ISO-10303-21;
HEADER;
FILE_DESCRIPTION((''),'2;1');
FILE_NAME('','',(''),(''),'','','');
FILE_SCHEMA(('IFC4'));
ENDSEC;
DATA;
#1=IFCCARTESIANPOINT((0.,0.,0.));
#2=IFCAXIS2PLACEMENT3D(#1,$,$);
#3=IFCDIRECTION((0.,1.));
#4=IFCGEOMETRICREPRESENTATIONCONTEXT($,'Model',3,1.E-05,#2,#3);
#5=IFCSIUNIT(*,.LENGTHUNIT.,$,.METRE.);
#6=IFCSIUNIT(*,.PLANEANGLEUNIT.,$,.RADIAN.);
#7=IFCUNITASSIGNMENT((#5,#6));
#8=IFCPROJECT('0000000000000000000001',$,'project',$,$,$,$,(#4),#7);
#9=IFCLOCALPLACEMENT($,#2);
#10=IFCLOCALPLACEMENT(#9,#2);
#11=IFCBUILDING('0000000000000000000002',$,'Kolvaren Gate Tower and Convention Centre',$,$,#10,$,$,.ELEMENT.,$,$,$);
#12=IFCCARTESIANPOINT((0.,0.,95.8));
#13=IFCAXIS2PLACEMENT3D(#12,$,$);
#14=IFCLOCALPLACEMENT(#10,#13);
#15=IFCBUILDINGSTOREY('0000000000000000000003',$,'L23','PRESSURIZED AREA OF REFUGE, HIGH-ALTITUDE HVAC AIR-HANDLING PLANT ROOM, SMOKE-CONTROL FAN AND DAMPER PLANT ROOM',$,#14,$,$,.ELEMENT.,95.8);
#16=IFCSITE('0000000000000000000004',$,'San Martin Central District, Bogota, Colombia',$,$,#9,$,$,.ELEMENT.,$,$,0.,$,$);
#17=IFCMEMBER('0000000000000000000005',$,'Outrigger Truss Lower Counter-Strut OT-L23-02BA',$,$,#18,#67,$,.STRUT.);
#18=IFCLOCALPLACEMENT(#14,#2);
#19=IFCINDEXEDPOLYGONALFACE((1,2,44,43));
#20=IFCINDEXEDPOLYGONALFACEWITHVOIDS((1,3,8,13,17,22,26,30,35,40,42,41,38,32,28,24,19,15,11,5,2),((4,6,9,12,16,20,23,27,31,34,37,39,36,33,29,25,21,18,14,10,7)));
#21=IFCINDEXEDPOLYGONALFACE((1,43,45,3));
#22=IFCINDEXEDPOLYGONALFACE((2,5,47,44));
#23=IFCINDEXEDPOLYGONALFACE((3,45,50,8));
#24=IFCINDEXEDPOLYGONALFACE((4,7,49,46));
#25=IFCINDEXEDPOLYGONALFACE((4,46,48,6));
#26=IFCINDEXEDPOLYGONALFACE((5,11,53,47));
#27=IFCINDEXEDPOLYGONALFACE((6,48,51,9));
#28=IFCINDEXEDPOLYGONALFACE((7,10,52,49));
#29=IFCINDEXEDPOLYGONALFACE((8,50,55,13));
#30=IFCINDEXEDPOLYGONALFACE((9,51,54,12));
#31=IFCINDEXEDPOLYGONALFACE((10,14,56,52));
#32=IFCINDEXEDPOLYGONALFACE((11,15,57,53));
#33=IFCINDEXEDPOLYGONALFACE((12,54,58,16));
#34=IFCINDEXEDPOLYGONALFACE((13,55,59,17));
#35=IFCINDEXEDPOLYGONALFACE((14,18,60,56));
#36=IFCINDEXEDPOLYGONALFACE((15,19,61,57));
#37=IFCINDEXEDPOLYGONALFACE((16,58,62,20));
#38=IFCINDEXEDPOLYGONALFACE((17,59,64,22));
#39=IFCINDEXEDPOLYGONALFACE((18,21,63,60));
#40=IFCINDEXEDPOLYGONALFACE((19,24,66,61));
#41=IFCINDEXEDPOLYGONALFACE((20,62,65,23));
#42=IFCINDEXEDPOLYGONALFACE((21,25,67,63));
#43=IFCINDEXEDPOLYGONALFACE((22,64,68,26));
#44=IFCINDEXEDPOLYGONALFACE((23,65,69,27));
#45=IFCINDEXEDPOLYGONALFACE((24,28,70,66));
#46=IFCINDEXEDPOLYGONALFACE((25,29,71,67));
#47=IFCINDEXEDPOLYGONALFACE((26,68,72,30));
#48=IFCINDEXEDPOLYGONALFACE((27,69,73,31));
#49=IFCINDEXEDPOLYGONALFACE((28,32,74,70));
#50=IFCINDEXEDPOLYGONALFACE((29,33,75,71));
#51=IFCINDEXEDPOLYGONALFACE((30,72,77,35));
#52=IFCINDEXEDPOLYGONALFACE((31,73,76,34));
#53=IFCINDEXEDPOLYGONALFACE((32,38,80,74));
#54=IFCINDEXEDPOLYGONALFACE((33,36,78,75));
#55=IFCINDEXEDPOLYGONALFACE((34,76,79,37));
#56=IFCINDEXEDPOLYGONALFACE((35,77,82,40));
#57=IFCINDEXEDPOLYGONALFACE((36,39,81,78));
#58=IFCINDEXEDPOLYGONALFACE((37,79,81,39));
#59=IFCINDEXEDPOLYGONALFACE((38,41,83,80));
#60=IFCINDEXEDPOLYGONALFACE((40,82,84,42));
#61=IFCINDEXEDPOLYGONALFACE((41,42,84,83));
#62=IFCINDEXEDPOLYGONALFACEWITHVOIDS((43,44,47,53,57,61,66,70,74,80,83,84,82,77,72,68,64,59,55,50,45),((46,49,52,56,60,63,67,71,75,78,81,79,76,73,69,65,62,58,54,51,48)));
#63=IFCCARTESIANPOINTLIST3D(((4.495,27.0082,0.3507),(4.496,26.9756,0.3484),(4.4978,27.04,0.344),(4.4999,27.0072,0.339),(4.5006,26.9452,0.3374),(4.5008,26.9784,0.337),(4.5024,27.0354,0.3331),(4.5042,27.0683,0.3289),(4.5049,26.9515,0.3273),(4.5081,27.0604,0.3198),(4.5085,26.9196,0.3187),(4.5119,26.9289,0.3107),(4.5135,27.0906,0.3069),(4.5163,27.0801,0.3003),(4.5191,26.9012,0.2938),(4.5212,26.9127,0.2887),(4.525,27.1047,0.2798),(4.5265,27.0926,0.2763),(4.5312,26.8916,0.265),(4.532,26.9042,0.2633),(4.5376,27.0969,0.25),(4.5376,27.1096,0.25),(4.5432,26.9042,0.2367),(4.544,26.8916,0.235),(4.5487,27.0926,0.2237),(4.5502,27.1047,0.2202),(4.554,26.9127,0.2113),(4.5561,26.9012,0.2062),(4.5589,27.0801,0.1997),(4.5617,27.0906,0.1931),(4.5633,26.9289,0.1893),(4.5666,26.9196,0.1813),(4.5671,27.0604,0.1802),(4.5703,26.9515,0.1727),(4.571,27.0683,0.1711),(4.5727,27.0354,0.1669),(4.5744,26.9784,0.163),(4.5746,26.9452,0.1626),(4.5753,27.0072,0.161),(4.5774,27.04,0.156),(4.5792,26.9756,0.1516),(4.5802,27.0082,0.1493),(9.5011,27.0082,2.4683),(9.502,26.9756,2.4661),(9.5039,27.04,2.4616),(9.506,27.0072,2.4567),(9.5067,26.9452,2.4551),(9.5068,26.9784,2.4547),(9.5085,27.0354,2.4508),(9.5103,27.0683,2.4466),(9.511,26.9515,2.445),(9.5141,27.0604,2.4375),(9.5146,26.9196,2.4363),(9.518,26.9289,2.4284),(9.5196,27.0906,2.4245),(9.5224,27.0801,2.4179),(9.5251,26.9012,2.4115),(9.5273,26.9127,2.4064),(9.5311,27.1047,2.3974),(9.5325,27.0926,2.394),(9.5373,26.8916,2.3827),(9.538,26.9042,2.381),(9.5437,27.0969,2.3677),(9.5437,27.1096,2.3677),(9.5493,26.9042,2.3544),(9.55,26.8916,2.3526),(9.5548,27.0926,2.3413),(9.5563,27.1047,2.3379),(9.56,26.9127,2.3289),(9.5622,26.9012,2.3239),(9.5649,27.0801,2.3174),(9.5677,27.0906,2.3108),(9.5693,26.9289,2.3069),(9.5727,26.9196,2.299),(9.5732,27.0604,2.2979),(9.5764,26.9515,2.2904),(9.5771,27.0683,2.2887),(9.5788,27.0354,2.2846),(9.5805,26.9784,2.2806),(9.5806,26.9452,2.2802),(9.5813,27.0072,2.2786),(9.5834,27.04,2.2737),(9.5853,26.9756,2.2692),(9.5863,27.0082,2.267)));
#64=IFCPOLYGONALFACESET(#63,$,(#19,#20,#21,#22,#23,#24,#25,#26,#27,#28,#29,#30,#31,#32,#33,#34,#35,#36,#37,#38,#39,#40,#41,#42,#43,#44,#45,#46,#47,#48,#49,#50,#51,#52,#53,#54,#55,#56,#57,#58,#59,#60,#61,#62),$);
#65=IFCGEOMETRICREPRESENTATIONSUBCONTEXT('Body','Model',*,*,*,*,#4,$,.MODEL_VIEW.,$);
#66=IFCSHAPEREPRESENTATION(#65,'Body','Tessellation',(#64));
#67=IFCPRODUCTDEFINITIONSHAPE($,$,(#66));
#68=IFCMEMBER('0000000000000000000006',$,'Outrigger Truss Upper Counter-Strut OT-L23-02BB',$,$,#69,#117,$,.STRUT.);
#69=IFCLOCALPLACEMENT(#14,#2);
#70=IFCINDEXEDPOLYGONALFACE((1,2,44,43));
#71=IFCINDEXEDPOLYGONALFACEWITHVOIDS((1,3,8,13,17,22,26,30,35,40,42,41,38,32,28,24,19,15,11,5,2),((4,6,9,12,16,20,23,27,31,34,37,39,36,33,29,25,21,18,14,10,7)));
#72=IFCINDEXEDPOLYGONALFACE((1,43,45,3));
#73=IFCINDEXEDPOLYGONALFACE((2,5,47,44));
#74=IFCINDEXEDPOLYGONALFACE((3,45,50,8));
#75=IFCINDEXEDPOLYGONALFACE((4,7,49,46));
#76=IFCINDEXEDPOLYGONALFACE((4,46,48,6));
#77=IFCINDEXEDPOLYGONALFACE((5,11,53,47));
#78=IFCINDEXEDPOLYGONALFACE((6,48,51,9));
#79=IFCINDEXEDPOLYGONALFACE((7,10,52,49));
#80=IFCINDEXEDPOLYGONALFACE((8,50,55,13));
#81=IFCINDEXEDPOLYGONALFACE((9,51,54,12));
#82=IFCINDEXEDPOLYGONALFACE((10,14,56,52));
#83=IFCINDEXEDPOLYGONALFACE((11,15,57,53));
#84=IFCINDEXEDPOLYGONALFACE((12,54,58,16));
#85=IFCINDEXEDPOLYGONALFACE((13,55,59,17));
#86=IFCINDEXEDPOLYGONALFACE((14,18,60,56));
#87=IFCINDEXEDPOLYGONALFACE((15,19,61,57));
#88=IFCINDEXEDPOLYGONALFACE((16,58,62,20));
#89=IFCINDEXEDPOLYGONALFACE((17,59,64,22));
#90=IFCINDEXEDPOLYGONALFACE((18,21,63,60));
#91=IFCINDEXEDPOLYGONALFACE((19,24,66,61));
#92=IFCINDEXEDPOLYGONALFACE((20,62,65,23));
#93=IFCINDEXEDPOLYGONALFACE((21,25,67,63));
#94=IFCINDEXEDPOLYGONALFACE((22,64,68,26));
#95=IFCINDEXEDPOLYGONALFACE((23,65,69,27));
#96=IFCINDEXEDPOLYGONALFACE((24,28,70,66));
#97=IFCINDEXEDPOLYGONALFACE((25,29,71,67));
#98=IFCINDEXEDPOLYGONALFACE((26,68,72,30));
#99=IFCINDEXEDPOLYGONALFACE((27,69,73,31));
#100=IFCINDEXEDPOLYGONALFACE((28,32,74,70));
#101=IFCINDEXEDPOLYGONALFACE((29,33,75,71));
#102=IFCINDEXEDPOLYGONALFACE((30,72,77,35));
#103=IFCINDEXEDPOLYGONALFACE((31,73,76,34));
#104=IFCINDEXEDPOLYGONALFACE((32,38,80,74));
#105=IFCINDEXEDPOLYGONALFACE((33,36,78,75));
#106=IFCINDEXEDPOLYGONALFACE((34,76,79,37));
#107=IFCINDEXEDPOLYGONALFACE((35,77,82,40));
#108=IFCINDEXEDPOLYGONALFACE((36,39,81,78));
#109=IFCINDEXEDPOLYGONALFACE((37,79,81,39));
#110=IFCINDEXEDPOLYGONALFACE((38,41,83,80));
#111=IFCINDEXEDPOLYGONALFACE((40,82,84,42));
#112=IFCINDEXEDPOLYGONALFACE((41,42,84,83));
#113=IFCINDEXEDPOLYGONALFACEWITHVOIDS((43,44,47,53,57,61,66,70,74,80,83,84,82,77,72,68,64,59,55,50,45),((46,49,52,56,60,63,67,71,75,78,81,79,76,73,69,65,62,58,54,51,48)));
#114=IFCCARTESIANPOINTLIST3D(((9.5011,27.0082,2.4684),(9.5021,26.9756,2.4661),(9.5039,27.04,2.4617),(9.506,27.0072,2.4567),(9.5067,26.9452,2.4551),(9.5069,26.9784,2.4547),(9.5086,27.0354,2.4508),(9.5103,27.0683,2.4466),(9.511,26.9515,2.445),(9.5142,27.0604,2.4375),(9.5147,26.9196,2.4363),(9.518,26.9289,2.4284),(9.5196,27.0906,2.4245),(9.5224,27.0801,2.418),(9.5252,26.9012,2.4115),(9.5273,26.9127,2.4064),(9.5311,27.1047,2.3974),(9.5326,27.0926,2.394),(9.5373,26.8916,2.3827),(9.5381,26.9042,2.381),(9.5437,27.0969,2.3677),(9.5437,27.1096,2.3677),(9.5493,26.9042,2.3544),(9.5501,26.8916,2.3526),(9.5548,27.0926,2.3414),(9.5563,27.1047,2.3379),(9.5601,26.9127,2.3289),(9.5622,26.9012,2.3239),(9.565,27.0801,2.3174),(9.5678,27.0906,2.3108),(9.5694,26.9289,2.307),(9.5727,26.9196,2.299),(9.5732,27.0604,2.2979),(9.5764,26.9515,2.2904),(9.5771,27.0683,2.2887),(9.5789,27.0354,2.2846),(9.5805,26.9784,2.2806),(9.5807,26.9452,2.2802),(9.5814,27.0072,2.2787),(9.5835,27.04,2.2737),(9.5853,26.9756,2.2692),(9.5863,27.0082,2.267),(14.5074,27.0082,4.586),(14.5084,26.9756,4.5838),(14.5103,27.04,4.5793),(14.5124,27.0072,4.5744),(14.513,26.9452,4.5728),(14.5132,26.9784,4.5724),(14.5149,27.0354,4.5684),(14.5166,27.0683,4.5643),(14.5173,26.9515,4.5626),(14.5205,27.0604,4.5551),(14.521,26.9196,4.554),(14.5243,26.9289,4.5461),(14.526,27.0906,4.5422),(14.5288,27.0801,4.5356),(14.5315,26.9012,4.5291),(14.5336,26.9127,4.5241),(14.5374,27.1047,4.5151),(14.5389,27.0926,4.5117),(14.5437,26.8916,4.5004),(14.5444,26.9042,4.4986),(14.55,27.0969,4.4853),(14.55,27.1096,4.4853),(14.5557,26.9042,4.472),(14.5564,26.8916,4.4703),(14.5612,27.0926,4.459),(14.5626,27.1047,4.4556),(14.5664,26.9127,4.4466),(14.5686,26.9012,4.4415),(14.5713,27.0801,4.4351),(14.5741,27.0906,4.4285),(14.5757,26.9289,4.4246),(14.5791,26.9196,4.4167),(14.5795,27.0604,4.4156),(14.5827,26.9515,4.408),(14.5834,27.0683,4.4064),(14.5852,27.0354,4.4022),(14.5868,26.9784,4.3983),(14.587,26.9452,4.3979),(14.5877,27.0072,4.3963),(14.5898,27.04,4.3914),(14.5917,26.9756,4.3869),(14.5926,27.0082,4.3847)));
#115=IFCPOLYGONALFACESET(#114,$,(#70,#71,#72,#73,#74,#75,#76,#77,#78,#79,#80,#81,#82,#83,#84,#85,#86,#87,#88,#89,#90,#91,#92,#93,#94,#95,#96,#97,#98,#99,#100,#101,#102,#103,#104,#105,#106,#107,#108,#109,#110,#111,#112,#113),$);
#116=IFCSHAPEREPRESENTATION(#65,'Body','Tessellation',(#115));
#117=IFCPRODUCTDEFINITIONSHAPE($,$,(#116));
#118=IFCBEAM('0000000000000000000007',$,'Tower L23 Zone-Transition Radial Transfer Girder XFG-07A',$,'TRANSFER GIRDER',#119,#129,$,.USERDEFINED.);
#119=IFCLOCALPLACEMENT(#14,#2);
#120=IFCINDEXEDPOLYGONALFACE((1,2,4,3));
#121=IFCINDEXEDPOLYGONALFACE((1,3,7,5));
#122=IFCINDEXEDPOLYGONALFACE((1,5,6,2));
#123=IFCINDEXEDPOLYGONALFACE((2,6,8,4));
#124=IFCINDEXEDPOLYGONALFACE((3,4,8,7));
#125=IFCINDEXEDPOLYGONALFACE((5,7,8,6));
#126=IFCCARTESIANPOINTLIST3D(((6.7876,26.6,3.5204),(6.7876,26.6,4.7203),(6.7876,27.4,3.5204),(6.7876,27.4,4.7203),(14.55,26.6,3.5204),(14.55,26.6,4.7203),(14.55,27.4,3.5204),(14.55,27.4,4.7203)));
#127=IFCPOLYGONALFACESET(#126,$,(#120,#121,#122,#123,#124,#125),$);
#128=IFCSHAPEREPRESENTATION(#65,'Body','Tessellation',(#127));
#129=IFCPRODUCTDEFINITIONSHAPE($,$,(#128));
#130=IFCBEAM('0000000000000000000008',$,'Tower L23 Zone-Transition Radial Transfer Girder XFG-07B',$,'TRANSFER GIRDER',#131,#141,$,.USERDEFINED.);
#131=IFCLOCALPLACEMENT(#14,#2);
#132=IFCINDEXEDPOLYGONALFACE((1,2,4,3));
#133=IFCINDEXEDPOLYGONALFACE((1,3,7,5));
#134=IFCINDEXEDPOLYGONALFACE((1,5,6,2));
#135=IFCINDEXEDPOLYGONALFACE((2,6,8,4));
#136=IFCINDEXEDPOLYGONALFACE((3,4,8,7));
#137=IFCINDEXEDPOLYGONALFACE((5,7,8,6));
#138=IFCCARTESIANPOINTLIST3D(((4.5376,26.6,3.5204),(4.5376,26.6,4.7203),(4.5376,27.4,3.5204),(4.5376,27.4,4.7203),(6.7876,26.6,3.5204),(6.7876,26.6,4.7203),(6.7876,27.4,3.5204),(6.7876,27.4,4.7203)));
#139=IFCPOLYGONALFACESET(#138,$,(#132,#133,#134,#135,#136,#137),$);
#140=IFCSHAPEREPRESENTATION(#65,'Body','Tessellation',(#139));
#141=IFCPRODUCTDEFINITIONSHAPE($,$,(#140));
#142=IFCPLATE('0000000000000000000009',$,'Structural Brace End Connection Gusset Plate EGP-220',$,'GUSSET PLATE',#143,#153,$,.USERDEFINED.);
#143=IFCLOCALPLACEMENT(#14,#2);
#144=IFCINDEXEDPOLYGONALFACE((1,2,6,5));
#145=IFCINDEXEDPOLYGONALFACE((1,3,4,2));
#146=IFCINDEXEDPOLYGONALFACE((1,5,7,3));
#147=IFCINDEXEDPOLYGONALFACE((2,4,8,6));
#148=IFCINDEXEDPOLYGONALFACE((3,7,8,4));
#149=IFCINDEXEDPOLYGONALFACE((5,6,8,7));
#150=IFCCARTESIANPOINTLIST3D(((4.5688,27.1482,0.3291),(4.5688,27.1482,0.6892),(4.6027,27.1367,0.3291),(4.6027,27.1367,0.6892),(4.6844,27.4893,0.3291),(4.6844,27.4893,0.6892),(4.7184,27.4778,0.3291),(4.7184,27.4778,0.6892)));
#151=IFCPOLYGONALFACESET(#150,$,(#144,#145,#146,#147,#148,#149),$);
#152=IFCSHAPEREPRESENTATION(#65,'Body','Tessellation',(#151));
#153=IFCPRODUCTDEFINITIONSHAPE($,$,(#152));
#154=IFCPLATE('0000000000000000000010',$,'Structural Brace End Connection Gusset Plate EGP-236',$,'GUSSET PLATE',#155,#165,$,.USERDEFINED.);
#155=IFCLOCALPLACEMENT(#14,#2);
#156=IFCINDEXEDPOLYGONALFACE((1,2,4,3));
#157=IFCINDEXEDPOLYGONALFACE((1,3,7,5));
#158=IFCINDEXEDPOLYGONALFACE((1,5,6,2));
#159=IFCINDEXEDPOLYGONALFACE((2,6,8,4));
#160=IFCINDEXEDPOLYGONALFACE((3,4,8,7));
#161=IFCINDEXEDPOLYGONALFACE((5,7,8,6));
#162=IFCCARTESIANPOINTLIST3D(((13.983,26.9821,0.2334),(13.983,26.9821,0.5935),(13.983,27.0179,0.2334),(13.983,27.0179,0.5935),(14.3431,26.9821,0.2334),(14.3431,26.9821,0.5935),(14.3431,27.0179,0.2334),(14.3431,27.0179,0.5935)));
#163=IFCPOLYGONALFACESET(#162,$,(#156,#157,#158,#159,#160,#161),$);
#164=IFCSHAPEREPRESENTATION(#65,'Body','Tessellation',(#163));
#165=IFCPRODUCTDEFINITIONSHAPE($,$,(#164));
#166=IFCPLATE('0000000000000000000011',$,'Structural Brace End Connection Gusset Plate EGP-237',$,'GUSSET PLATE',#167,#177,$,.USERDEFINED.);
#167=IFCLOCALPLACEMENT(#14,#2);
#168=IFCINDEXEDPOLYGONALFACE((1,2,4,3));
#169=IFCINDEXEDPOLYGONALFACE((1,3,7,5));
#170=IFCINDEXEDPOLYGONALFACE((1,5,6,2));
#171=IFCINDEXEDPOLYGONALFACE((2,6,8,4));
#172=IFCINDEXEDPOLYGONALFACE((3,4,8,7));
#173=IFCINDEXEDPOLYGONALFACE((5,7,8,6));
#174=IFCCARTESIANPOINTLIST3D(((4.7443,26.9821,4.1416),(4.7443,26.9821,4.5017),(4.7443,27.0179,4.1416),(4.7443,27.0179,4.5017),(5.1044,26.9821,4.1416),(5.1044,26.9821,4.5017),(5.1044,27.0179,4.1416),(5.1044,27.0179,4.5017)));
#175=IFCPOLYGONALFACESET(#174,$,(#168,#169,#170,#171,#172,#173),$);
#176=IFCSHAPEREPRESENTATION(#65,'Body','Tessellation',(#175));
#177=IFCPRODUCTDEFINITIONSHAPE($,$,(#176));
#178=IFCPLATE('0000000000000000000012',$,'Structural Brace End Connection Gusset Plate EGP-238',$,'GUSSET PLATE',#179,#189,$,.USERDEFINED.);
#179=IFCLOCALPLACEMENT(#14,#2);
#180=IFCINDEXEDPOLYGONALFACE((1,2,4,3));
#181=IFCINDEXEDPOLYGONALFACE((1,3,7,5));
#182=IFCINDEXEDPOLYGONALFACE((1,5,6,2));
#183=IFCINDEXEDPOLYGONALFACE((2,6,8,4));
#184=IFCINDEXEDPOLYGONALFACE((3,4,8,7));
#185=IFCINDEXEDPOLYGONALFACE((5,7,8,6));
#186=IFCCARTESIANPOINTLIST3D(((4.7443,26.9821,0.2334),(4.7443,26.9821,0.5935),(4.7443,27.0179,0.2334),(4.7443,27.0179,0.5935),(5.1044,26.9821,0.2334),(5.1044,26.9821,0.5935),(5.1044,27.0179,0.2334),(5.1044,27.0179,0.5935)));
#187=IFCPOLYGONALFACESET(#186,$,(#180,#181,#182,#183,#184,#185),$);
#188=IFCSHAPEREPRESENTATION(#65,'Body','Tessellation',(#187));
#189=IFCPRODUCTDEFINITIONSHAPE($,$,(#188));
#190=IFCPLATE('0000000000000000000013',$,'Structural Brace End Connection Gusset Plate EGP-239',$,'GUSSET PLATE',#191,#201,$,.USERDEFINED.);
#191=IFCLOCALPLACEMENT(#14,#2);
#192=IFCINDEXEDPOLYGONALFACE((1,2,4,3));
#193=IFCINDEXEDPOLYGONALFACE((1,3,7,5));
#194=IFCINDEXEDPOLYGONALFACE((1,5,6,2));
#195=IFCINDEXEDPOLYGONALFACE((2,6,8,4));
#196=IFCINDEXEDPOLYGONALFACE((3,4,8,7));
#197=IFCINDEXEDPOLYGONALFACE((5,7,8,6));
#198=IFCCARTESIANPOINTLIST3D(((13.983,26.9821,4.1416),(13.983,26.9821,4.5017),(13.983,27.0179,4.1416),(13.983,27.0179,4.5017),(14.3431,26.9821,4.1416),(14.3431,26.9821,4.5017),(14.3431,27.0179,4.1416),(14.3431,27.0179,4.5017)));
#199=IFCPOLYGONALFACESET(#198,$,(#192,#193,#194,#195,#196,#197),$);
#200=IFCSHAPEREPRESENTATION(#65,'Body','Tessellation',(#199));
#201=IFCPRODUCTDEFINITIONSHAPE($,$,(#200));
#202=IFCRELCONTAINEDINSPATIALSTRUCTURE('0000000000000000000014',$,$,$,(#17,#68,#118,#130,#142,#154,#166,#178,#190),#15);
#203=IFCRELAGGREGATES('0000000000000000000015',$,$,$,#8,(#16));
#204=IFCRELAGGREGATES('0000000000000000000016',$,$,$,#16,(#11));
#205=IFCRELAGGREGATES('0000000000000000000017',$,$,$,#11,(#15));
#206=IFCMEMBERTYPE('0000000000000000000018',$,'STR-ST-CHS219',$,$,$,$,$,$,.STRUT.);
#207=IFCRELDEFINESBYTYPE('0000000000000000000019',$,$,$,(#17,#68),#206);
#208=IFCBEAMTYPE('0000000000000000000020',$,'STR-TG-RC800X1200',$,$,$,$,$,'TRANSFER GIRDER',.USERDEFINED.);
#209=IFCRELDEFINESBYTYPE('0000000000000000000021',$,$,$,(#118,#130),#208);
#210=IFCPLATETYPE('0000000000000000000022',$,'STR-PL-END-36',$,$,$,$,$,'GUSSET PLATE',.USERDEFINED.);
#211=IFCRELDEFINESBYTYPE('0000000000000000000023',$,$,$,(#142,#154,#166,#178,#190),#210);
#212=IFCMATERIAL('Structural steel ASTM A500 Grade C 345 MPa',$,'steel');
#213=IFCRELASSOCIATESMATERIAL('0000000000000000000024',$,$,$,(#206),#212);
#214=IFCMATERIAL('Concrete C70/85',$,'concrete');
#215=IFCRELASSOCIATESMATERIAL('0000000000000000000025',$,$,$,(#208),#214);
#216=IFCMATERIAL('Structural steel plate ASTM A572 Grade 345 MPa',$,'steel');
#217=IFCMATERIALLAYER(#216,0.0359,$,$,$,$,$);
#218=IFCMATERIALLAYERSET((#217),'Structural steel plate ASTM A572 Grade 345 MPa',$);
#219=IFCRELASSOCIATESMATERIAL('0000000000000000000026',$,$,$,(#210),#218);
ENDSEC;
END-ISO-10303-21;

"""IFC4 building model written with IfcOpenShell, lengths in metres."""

from ifc_helpers import new_model, si_unit, direction, frame, origin, origin_2d, place, context, subcontext, project, spatial, rectangle, hollow_circle, extrude, material, layer, layer_set, material_profile, profile_set, type_object, element, save


model = new_model("IFC4")

# Units and contexts
model_context = context("Model", 3, precision=1e-05, world=origin(), true_north=direction((0.0, 1.0)))
body_context = subcontext(model_context, "Body", "Model", "MODEL_VIEW")
ifc_project = project(units=[si_unit("LENGTHUNIT", "METRE"), si_unit("PLANEANGLEUNIT", "RADIAN")], contexts=[model_context])

# Site, building, storey
site_placement = place(None, origin())
site = spatial("IfcSite", under=ifc_project, at=site_placement, Name="San Martin Central District, Bogota, Colombia", CompositionType="ELEMENT", RefElevation=0.0)
building_placement = place(site_placement, origin())
building = spatial("IfcBuilding", under=site, at=building_placement, Name="Kolvaren Gate Tower and Convention Centre", CompositionType="ELEMENT")
storey_placement = place(building_placement, frame((0.0, 0.0, 95.8)))
storey = spatial("IfcBuildingStorey", under=building, at=storey_placement, Name="L23", Description="PRESSURIZED AREA OF REFUGE, HIGH-ALTITUDE HVAC AIR-HANDLING PLANT ROOM, SMOKE-CONTROL FAN AND DAMPER PLANT ROOM", CompositionType="ELEMENT", Elevation=95.8)

# Shared definitions
ifc_material_1 = material(Name="Structural steel ASTM A500 Grade C 345 MPa", Category="steel")

# Members
ifc_material_profile_1 = material_profile(ifc_material_1, hollow_circle(Radius=0.1096, WallThickness=0.0127, at=origin_2d()), Name="CHS219X12.7")
ifc_profile_set_1 = profile_set([ifc_material_profile_1], Name="Structural steel ASTM A500 Grade C 345 MPa")
member_type_1 = type_object("IfcMemberType", Name="STR-ST-CHS219", PredefinedType="STRUT", material=ifc_profile_set_1)
member_1_placement = place(storey_placement, frame((4.5376, 27.0, 0.25), z_axis=(0.920986, 0.0, 0.389595), x_axis=(0.0, 1.0, 0.0)))
element("IfcMember", 1, at=member_1_placement, inside=storey, type_object=member_type_1, Name="Outrigger Truss Lower Counter-Strut OT-L23-02BA", PredefinedType="STRUT", context=body_context, shape_type="SweptSolid", body=[
    extrude(hollow_circle(Radius=0.1096, WallThickness=0.0127, at=origin_2d()), origin(), (0.0, 0.0, 1.0), 5.4355),
])
member_2_placement = place(storey_placement, frame((9.5437, 27.0, 2.3677), z_axis=(0.920993, 0.0, 0.389578), x_axis=(0.0, 1.0, 0.0)))
element("IfcMember", 2, at=member_2_placement, inside=storey, type_object=member_type_1, Name="Outrigger Truss Upper Counter-Strut OT-L23-02BB", PredefinedType="STRUT", context=body_context, shape_type="SweptSolid", body=[
    extrude(hollow_circle(Radius=0.1096, WallThickness=0.0127, at=origin_2d()), origin(), (0.0, 0.0, 1.0), 5.4358),
])

# Beams
ifc_material_2 = material(Name="Concrete C70/85", Category="concrete")
ifc_material_profile_2 = material_profile(ifc_material_2, rectangle(XDim=0.8, YDim=1.2, at=origin_2d()), Name="RC-BM-800X1200")
ifc_profile_set_2 = profile_set([ifc_material_profile_2], Name="Concrete C70/85")
beam_type_1 = type_object("IfcBeamType", Name="STR-TG-RC800X1200", ElementType="TRANSFER GIRDER", PredefinedType="USERDEFINED", material=ifc_profile_set_2)
beam_1_placement = place(storey_placement, frame((14.55, 27.0, 4.1204), z_axis=(-1.0, 0.0, 0.0), x_axis=(0.0, -1.0, 0.0)))
element("IfcBeam", 3, at=beam_1_placement, inside=storey, type_object=beam_type_1, Name="Tower L23 Zone-Transition Radial Transfer Girder XFG-07A", ObjectType="TRANSFER GIRDER", PredefinedType="USERDEFINED", context=body_context, shape_type="SweptSolid", body=[
    extrude(rectangle(XDim=0.8, YDim=1.2, at=origin_2d()), origin(), (0.0, 0.0, 1.0), 7.7625),
])
beam_2_placement = place(storey_placement, frame((6.7876, 27.0, 4.1204), z_axis=(-1.0, 0.0, 0.0), x_axis=(0.0, -1.0, 0.0)))
element("IfcBeam", 4, at=beam_2_placement, inside=storey, type_object=beam_type_1, Name="Tower L23 Zone-Transition Radial Transfer Girder XFG-07B", ObjectType="TRANSFER GIRDER", PredefinedType="USERDEFINED", context=body_context, shape_type="SweptSolid", body=[
    extrude(rectangle(XDim=0.8, YDim=1.2, at=origin_2d()), origin(), (0.0, 0.0, 1.0), 2.25),
])

# Plates
ifc_material_3 = material(Name="Structural steel plate ASTM A572 Grade 345 MPa", Category="steel")
ifc_layer_1 = layer(ifc_material_3, 0.0359)
ifc_layer_set_1 = layer_set([ifc_layer_1], Name="Structural steel plate ASTM A572 Grade 345 MPa")
plate_type_1 = type_object("IfcPlateType", Name="STR-PL-END-36", ElementType="GUSSET PLATE", PredefinedType="USERDEFINED", material=ifc_layer_set_1)
for number, where, z_axis, x_axis, name in (
    (5, (4.6436, 27.313, 0.3291), (0.0, 0.0, 1.0), (0.321028, 0.94707, 0.0), "Structural Brace End Connection Gusset Plate EGP-220"),
    (6, (14.1631, 27.0, 0.2334), (0.0, 0.0, 1.0), (-1.0, 0.0, 0.0), "Structural Brace End Connection Gusset Plate EGP-236"),
    (7, (4.9243, 27.0, 4.1416), (0.0, 0.0, 1.0), (-1.0, 0.0, 0.0), "Structural Brace End Connection Gusset Plate EGP-237"),
    (8, (4.9243, 27.0, 0.2334), (0.0, 0.0, 1.0), (1.0, 0.0, 0.0), "Structural Brace End Connection Gusset Plate EGP-238"),
    (9, (14.1631, 27.0, 4.1416), (0.0, 0.0, 1.0), (1.0, 0.0, 0.0), "Structural Brace End Connection Gusset Plate EGP-239"),
):
    element("IfcPlate", number, at=place(storey_placement, frame(where, z_axis=z_axis, x_axis=x_axis)), inside=storey, type_object=plate_type_1, Name=name, ObjectType="GUSSET PLATE", PredefinedType="USERDEFINED", context=body_context, shape_type="SweptSolid", body=[
        extrude(rectangle(XDim=0.3601, YDim=0.0359, at=origin_2d()), origin(), (0.0, 0.0, 1.0), 0.3601),
    ])

save(model, "model.ifc")
